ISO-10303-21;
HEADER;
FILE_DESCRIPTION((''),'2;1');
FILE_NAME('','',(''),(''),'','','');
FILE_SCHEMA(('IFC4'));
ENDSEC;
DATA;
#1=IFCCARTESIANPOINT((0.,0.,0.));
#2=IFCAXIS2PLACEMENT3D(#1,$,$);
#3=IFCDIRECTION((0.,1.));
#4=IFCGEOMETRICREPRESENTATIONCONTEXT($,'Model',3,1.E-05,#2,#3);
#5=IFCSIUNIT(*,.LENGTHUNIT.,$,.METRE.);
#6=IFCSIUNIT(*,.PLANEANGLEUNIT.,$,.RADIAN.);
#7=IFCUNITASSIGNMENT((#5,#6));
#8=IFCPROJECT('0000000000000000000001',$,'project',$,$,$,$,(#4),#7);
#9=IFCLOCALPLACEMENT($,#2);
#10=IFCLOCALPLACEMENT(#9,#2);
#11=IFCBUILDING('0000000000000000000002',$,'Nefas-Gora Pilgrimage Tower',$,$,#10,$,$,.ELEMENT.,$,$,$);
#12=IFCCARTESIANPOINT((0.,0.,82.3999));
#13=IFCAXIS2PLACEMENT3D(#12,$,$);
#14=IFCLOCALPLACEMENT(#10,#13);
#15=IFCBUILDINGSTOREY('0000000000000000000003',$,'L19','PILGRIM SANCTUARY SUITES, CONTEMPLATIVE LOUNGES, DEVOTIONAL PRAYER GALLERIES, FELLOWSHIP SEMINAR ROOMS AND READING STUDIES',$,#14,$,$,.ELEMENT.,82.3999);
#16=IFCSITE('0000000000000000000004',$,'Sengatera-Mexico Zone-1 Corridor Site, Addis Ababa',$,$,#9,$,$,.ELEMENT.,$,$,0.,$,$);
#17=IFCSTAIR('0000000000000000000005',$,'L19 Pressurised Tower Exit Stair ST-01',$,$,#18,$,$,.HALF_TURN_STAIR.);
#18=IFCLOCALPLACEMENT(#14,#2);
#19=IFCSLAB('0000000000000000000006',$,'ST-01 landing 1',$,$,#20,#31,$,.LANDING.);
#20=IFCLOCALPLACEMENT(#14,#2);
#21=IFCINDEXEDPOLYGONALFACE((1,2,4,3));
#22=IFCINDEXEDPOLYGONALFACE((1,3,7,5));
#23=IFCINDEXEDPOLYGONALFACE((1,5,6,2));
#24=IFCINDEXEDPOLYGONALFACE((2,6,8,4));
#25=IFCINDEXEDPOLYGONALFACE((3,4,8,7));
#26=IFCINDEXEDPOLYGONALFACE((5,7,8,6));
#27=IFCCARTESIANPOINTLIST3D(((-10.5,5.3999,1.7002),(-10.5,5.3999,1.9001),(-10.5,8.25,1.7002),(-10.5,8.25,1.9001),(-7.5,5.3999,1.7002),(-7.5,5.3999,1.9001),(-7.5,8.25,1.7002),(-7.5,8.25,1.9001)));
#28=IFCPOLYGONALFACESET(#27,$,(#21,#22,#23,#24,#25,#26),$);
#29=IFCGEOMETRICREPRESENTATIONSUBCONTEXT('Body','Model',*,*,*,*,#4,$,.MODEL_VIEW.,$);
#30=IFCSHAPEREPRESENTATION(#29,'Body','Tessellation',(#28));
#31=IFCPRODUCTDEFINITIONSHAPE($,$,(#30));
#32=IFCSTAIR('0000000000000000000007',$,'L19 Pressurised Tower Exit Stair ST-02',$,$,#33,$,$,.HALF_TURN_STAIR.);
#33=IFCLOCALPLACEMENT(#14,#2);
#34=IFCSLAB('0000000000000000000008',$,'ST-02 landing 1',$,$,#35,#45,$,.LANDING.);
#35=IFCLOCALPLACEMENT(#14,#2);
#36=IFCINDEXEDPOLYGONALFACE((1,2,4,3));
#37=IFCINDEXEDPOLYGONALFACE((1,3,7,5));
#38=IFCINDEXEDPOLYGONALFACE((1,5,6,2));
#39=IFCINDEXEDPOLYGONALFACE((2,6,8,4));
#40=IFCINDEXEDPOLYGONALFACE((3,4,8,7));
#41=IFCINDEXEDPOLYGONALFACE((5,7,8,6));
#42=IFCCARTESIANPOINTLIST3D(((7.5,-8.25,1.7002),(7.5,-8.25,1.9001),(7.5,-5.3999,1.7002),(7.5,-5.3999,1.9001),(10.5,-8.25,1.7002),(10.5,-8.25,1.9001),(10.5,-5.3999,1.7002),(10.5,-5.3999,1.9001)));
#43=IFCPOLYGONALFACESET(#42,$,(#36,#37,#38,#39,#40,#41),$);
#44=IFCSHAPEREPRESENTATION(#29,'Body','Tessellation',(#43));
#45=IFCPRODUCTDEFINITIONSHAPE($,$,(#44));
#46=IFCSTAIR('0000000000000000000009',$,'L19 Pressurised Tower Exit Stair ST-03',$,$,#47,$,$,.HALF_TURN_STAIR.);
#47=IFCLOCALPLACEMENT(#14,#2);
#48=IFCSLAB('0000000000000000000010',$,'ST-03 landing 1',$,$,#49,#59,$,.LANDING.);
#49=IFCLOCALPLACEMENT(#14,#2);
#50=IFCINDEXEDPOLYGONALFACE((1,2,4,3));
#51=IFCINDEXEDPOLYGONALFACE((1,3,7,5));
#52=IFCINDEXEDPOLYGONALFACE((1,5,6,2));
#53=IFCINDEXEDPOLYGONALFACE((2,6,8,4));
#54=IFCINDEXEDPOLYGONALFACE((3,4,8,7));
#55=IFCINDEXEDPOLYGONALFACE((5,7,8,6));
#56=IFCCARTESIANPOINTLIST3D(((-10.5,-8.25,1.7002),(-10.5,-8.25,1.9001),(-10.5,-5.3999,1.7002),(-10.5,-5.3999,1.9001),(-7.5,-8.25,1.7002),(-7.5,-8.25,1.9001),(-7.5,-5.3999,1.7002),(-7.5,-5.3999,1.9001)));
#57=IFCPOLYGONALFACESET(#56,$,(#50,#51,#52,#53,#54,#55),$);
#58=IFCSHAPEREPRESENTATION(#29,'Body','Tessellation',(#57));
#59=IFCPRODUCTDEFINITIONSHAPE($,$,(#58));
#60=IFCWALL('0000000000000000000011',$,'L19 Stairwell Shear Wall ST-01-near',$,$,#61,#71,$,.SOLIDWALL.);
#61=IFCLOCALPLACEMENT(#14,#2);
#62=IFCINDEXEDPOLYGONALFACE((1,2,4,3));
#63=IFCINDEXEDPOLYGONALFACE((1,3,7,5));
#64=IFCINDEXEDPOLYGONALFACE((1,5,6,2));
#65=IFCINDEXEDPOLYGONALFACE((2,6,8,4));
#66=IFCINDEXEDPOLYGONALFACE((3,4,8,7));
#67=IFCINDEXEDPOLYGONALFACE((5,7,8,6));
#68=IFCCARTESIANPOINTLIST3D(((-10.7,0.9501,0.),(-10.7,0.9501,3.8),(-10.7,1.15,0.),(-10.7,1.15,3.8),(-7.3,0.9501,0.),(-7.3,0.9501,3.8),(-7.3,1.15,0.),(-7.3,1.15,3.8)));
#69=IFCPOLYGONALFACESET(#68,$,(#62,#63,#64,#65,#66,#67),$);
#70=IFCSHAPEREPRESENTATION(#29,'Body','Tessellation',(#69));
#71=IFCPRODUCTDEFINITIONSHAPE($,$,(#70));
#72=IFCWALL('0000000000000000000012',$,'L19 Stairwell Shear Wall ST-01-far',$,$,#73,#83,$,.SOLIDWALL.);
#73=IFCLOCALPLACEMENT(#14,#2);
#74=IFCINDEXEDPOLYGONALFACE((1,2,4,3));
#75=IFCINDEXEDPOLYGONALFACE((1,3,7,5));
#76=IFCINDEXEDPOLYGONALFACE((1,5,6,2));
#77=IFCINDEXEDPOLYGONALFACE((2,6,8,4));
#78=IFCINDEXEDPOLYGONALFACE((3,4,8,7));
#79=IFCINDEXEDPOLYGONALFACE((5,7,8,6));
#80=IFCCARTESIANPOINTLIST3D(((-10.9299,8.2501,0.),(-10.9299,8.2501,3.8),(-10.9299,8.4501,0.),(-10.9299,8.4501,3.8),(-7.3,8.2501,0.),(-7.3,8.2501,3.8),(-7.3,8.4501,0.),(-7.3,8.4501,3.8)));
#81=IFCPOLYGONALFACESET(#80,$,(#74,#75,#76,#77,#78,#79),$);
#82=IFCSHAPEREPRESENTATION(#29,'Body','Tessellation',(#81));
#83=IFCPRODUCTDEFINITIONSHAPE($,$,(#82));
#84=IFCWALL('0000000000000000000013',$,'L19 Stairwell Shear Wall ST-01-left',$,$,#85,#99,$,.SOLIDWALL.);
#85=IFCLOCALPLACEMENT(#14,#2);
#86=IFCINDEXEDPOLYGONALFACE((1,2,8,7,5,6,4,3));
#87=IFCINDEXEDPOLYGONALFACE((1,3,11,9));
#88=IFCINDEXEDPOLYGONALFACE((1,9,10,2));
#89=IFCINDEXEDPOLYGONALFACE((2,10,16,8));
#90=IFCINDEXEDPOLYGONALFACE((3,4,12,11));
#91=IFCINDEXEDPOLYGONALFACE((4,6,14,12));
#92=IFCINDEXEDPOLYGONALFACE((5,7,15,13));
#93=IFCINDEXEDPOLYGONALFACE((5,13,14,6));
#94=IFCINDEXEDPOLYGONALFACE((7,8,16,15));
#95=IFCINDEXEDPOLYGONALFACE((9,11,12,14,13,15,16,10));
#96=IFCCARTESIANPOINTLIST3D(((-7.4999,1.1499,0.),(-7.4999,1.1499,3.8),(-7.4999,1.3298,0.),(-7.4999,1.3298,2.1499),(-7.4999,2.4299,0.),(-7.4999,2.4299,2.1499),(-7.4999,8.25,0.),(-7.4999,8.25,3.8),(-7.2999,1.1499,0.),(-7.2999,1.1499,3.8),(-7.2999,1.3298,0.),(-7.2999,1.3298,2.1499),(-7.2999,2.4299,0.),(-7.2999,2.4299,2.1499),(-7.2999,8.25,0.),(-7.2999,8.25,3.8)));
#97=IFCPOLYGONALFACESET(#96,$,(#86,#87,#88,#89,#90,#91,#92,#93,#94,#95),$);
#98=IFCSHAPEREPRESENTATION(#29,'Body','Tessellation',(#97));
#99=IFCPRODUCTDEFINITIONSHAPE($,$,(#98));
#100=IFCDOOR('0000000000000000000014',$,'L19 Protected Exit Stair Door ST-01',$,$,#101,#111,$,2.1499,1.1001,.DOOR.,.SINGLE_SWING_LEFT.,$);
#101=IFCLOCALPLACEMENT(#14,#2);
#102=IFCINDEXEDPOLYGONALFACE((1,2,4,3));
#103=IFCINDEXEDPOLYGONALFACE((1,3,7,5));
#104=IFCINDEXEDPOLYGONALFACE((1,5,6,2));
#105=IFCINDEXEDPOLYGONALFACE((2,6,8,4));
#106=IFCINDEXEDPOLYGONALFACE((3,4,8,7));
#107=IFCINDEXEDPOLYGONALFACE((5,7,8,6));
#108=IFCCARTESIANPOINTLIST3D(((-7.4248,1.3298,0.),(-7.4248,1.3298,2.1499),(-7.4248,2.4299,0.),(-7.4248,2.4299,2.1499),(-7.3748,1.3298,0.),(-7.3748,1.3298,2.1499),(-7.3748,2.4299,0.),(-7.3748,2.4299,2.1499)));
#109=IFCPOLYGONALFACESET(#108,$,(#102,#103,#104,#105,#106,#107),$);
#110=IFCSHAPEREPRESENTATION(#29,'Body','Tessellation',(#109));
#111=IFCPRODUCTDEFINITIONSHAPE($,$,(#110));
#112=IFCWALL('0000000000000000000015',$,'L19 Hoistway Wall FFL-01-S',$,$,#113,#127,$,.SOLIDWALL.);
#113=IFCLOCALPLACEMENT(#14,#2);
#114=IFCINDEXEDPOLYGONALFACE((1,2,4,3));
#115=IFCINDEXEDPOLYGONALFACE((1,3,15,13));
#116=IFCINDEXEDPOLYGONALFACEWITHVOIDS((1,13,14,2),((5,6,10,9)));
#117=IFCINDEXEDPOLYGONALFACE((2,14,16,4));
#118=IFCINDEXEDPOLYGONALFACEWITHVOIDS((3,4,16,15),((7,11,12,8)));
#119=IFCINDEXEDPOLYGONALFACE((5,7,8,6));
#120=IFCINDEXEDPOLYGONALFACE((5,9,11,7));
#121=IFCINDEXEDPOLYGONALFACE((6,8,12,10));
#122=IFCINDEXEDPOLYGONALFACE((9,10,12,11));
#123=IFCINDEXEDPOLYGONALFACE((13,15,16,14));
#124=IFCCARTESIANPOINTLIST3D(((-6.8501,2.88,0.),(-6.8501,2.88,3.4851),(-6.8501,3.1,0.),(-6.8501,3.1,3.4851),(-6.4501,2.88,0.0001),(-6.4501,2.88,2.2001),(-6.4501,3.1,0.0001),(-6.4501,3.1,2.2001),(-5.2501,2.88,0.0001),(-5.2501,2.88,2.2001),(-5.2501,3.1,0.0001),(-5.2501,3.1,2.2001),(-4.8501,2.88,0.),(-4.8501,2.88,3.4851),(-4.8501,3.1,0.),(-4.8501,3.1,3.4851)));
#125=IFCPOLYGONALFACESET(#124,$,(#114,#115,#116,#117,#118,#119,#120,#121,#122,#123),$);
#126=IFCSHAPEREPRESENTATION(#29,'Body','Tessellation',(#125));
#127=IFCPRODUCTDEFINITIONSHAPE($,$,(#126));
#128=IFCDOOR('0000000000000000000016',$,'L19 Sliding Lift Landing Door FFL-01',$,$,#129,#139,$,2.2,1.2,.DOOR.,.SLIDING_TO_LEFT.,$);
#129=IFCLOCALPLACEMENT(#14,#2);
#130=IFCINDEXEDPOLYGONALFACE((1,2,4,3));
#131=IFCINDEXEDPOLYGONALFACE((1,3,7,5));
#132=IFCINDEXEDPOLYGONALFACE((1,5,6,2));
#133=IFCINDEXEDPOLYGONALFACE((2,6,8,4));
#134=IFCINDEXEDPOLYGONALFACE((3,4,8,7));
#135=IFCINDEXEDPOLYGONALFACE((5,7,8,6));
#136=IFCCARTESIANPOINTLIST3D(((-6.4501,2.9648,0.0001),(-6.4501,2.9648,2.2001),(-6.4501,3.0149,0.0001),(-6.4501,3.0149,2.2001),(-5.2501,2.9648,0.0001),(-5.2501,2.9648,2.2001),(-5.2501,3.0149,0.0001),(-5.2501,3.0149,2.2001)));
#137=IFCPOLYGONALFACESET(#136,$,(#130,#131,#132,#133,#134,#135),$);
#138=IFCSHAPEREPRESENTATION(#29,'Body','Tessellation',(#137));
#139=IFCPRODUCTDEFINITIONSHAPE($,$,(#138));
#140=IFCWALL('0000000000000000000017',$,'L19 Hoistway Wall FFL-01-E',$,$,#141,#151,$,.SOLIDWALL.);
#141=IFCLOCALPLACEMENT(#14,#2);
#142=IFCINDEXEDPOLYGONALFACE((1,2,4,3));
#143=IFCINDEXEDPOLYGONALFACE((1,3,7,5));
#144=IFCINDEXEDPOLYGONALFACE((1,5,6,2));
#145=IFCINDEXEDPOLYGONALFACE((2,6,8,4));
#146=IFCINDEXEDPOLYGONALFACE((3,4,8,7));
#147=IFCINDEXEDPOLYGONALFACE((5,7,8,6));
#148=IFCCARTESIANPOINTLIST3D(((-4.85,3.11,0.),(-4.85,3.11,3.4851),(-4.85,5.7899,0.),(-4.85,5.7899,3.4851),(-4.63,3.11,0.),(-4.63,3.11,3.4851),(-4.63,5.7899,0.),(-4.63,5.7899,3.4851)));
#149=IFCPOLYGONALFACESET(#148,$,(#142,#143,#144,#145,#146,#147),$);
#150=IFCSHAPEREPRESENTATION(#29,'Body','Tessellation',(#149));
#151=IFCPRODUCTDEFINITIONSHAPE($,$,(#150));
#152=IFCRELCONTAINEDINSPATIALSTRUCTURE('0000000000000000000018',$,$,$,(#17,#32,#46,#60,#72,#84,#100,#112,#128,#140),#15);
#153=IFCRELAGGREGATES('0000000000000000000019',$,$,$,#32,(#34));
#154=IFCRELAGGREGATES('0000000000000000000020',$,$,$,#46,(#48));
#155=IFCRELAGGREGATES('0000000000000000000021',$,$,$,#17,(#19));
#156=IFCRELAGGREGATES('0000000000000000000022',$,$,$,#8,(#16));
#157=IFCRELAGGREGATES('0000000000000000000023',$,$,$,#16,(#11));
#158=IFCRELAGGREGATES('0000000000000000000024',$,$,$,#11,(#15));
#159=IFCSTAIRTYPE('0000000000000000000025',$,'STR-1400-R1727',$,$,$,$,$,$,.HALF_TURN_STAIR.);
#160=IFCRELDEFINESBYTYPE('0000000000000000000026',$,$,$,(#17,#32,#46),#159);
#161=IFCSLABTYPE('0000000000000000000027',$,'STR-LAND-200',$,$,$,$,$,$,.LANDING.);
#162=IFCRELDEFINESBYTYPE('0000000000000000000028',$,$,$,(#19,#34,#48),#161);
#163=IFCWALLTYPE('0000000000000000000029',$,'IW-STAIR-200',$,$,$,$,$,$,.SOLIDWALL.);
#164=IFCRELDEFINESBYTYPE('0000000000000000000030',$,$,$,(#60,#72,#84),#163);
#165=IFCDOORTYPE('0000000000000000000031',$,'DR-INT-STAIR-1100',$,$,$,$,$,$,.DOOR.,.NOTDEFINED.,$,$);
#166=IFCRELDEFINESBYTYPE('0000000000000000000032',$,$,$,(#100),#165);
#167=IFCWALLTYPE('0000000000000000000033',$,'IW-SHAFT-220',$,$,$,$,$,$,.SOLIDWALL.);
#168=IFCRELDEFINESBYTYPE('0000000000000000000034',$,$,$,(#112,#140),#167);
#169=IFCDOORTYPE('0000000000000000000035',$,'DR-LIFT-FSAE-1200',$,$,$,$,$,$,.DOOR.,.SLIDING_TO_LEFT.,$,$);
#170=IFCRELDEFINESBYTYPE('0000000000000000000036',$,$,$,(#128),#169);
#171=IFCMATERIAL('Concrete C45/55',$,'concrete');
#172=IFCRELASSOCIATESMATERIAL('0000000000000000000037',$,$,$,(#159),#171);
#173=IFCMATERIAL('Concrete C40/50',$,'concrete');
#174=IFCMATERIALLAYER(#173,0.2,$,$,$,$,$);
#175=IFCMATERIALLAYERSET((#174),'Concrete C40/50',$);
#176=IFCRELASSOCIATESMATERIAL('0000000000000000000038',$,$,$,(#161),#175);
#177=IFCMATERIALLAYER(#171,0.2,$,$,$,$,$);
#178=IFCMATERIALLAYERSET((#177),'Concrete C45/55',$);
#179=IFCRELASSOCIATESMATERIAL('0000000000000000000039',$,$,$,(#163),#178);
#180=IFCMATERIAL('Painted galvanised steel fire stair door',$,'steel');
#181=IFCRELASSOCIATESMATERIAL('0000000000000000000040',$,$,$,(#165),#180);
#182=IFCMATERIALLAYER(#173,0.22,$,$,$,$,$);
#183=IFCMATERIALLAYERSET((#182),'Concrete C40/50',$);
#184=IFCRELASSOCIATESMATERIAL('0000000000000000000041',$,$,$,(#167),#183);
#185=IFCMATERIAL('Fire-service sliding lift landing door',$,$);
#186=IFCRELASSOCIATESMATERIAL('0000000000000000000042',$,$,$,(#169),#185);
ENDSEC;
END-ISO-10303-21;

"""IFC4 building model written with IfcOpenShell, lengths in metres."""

from ifc_helpers import new_model, si_unit, direction, frame, frame_2d, origin, place, context, subcontext, project, spatial, polyline, rectangle, outline, extrude, source, transform, mapped, material, layer, layer_set, type_object, element, fill, aggregate, save


model = new_model("IFC4")

# Units and contexts
model_context = context("Model", 3, precision=1e-05, world=origin(), true_north=direction((0.0, 1.0)))
body_context = subcontext(model_context, "Body", "Model", "MODEL_VIEW")
ifc_project = project(units=[si_unit("LENGTHUNIT", "METRE"), si_unit("PLANEANGLEUNIT", "RADIAN")], contexts=[model_context])

# Site, building, storey
site_placement = place(None, origin())
site = spatial("IfcSite", under=ifc_project, at=site_placement, Name="Sengatera-Mexico Zone-1 Corridor Site, Addis Ababa", CompositionType="ELEMENT", RefElevation=0.0)
building_placement = place(site_placement, origin())
building = spatial("IfcBuilding", under=site, at=building_placement, Name="Nefas-Gora Pilgrimage Tower", CompositionType="ELEMENT")
storey_placement = place(building_placement, frame((0.0, 0.0, 82.3999)))
storey = spatial("IfcBuildingStorey", under=building, at=storey_placement, Name="L19", Description="PILGRIM SANCTUARY SUITES, CONTEMPLATIVE LOUNGES, DEVOTIONAL PRAYER GALLERIES, FELLOWSHIP SEMINAR ROOMS AND READING STUDIES", CompositionType="ELEMENT", Elevation=82.3999)

# Shared definitions
ifc_material_1 = material(Name="Concrete C40/50", Category="concrete")

# Stairs, slabs
ifc_material_2 = material(Name="Concrete C45/55", Category="concrete")
stair_type = type_object("IfcStairType", Name="STR-1400-R1727", PredefinedType="HALF_TURN_STAIR", material=ifc_material_2)
stair_1_placement = place(storey_placement, origin())
stair_1 = element("IfcStair", 1, at=stair_1_placement, inside=storey, type_object=stair_type, Name="L19 Pressurised Tower Exit Stair ST-01", PredefinedType="HALF_TURN_STAIR")
ifc_layer_1 = layer(ifc_material_1, 0.2)
ifc_layer_set_1 = layer_set([ifc_layer_1], Name="Concrete C40/50")
slab_type_1 = type_object("IfcSlabType", Name="STR-LAND-200", PredefinedType="LANDING", material=ifc_layer_set_1)
slab_1_placement = place(storey_placement, frame((0.0, 0.0, 1.7002)))
slab_1 = element("IfcSlab", 2, at=slab_1_placement, type_object=slab_type_1, Name="ST-01 landing 1", PredefinedType="LANDING", context=body_context, shape_type="SweptSolid", body=[
    extrude(outline(polyline([(-7.5, 5.3999), (-7.5, 8.25), (-10.5, 8.25), (-10.5, 5.3999), (-7.5, 5.3999)])), origin(), (0.0, 0.0, 1.0), 0.2),
])
stair_2_placement = place(storey_placement, origin())
stair_2 = element("IfcStair", 3, at=stair_2_placement, inside=storey, type_object=stair_type, Name="L19 Pressurised Tower Exit Stair ST-02", PredefinedType="HALF_TURN_STAIR")
slab_2_placement = place(storey_placement, frame((0.0, 0.0, 1.7002)))
slab_2 = element("IfcSlab", 4, at=slab_2_placement, type_object=slab_type_1, Name="ST-02 landing 1", PredefinedType="LANDING", context=body_context, shape_type="SweptSolid", body=[
    extrude(outline(polyline([(7.5, -5.3999), (7.5, -8.25), (10.5, -8.25), (10.5, -5.3999), (7.5, -5.3999)])), origin(), (0.0, 0.0, 1.0), 0.2),
])
aggregate(stair_2, [slab_2])
stair_3_placement = place(storey_placement, origin())
stair_3 = element("IfcStair", 5, at=stair_3_placement, inside=storey, type_object=stair_type, Name="L19 Pressurised Tower Exit Stair ST-03", PredefinedType="HALF_TURN_STAIR")
slab_3_placement = place(storey_placement, frame((0.0, 0.0, 1.7002)))
slab_3 = element("IfcSlab", 6, at=slab_3_placement, type_object=slab_type_1, Name="ST-03 landing 1", PredefinedType="LANDING", context=body_context, shape_type="SweptSolid", body=[
    extrude(outline(polyline([(-10.5, -5.3999), (-10.5, -8.25), (-7.5, -8.25), (-7.5, -5.3999), (-10.5, -5.3999)])), origin(), (0.0, 0.0, 1.0), 0.2),
])
aggregate(stair_3, [slab_3])

# Walls
ifc_layer_2 = layer(ifc_material_2, 0.2)
ifc_layer_set_2 = layer_set([ifc_layer_2], Name="Concrete C45/55")
wall_type_1 = type_object("IfcWallType", Name="IW-STAIR-200", PredefinedType="SOLIDWALL", material=ifc_layer_set_2)
shared_shape_1 = source(origin(), body_context, "Body", "SweptSolid", [
    extrude(rectangle(XDim=3.3999, YDim=0.2, at=frame_2d((1.7, 0.0))), origin(), (0.0, 0.0, 1.0), 3.8),
])
wall_1_placement = place(storey_placement, frame((-7.3, 1.05, 0.0), z_axis=(0.0, 0.0, 1.0), x_axis=(-1.0, 0.0, 0.0)))
element("IfcWall", 7, at=wall_1_placement, inside=storey, type_object=wall_type_1, Name="L19 Stairwell Shear Wall ST-01-near", PredefinedType="SOLIDWALL", context=body_context, shape_type="MappedRepresentation", body=[
    mapped(shared_shape_1, transform((0.0, 0.0, 0.0), x_axis=(1.0, 0.0, 0.0), y_axis=(0.0, 1.0, 0.0), z_axis=(0.0, 0.0, 1.0), scale=1.0)),
])
shared_shape_2 = source(origin(), body_context, "Body", "SweptSolid", [
    extrude(rectangle(XDim=3.6299, YDim=0.2, at=frame_2d((1.8149, 0.0))), origin(), (0.0, 0.0, 1.0), 3.8),
])
wall_2_placement = place(storey_placement, frame((-7.3, 8.3501, 0.0), z_axis=(0.0, 0.0, 1.0), x_axis=(-1.0, 0.0, 0.0)))
element("IfcWall", 8, at=wall_2_placement, inside=storey, type_object=wall_type_1, Name="L19 Stairwell Shear Wall ST-01-far", PredefinedType="SOLIDWALL", context=body_context, shape_type="MappedRepresentation", body=[
    mapped(shared_shape_2, transform((0.0, 0.0, 0.0), x_axis=(1.0, 0.0, 0.0), y_axis=(0.0, 1.0, 0.0), z_axis=(0.0, 0.0, 1.0), scale=1.0)),
])

# Walls, openings, doors
shared_shape_3 = source(origin(), body_context, "Body", "SweptSolid", [
    extrude(rectangle(XDim=7.1001, YDim=0.2, at=frame_2d((3.55, 0.0))), origin(), (0.0, 0.0, 1.0), 3.8),
])
wall_3_placement = place(storey_placement, frame((-7.3999, 1.1499, 0.0), z_axis=(0.0, 0.0, 1.0), x_axis=(0.0, 1.0, 0.0)))
wall_3 = element("IfcWall", 9, at=wall_3_placement, inside=storey, type_object=wall_type_1, Name="L19 Stairwell Shear Wall ST-01-left", PredefinedType="SOLIDWALL", context=body_context, shape_type="MappedRepresentation", body=[
    mapped(shared_shape_3, transform((0.0, 0.0, 0.0), x_axis=(1.0, 0.0, 0.0), y_axis=(0.0, 1.0, 0.0), z_axis=(0.0, 0.0, 1.0), scale=1.0)),
])
opening_1_placement = place(wall_3_placement, frame((0.1799, 0.0, 0.0)))
opening_1 = element("IfcOpeningElement", 10, at=opening_1_placement, cuts=wall_3, PredefinedType="OPENING", context=body_context, shape_type="SweptSolid", body=[
    extrude(rectangle(XDim=1.1001, YDim=2.1499, at=frame_2d((0.55, 1.075))), frame((0.0, 0.1099, 0.0), z_axis=(0.0, -1.0, 0.0), x_axis=(1.0, 0.0, 0.0)), (0.0, 0.0, 1.0), 0.22),
])
ifc_material_3 = material(Name="Painted galvanised steel fire stair door", Category="steel")
door_type_1 = type_object("IfcDoorType", Name="DR-INT-STAIR-1100", OperationType="NOTDEFINED", PredefinedType="DOOR", material=ifc_material_3)
shared_shape_4 = source(origin(), body_context, "Body", "SweptSolid", [
    extrude(rectangle(XDim=1.1001, YDim=2.1499, at=frame_2d((0.55, 1.075))), frame((0.0, 0.0249, 0.0), z_axis=(0.0, -1.0, 0.0), x_axis=(1.0, 0.0, 0.0)), (0.0, 0.0, 1.0), 0.05),
])
door_1_placement = place(opening_1_placement, origin())
door_1 = element("IfcDoor", 11, at=door_1_placement, inside=storey, type_object=door_type_1, Name="L19 Protected Exit Stair Door ST-01", OperationType="SINGLE_SWING_LEFT", OverallHeight=2.1499, OverallWidth=1.1001, PredefinedType="DOOR", context=body_context, shape_type="MappedRepresentation", body=[
    mapped(shared_shape_4, transform((0.0, 0.0, 0.0), x_axis=(1.0, 0.0, 0.0), y_axis=(0.0, 1.0, 0.0), z_axis=(0.0, 0.0, 1.0), scale=1.0)),
])
fill(opening_1, door_1)
ifc_layer_3 = layer(ifc_material_1, 0.22)
ifc_layer_set_3 = layer_set([ifc_layer_3], Name="Concrete C40/50")
wall_type_2 = type_object("IfcWallType", Name="IW-SHAFT-220", PredefinedType="SOLIDWALL", material=ifc_layer_set_3)
shared_shape_5 = source(origin(), body_context, "Body", "SweptSolid", [
    extrude(rectangle(XDim=2.0, YDim=0.22, at=frame_2d((1.0, 0.0))), origin(), (0.0, 0.0, 1.0), 3.4851),
])
wall_4_placement = place(storey_placement, frame((-6.8501, 2.99, 0.0), z_axis=(0.0, 0.0, 1.0), x_axis=(1.0, 0.0, 0.0)))
wall_4 = element("IfcWall", 12, at=wall_4_placement, inside=storey, type_object=wall_type_2, Name="L19 Hoistway Wall FFL-01-S", PredefinedType="SOLIDWALL", context=body_context, shape_type="MappedRepresentation", body=[
    mapped(shared_shape_5, transform((0.0, 0.0, 0.0), x_axis=(1.0, 0.0, 0.0), y_axis=(0.0, 1.0, 0.0), z_axis=(0.0, 0.0, 1.0), scale=1.0)),
])
opening_2_placement = place(wall_4_placement, frame((0.3999, 0.0, 0.0)))
opening_2 = element("IfcOpeningElement", 13, at=opening_2_placement, cuts=wall_4, PredefinedType="OPENING", context=body_context, shape_type="SweptSolid", body=[
    extrude(rectangle(XDim=1.2, YDim=2.2, at=frame_2d((0.6001, 1.1001))), frame((0.0, 0.1199, 0.0), z_axis=(0.0, -1.0, 0.0), x_axis=(1.0, 0.0, 0.0)), (0.0, 0.0, 1.0), 0.24),
])
ifc_material_4 = material(Name="Fire-service sliding lift landing door")
door_type_2 = type_object("IfcDoorType", Name="DR-LIFT-FSAE-1200", OperationType="SLIDING_TO_LEFT", PredefinedType="DOOR", material=ifc_material_4)
shared_shape_6 = source(origin(), body_context, "Body", "SweptSolid", [
    extrude(rectangle(XDim=1.2, YDim=2.2, at=frame_2d((0.6001, 1.1001))), frame((0.0, 0.0249, 0.0), z_axis=(0.0, -1.0, 0.0), x_axis=(1.0, 0.0, 0.0)), (0.0, 0.0, 1.0), 0.05),
])
door_2_placement = place(opening_2_placement, origin())
door_2 = element("IfcDoor", 14, at=door_2_placement, inside=storey, type_object=door_type_2, Name="L19 Sliding Lift Landing Door FFL-01", OperationType="SLIDING_TO_LEFT", OverallHeight=2.2, OverallWidth=1.2, PredefinedType="DOOR", context=body_context, shape_type="MappedRepresentation", body=[
    mapped(shared_shape_6, transform((0.0, 0.0, 0.0), x_axis=(1.0, 0.0, 0.0), y_axis=(0.0, 1.0, 0.0), z_axis=(0.0, 0.0, 1.0), scale=1.0)),
])
fill(opening_2, door_2)

# Wall
shared_shape_7 = source(origin(), body_context, "Body", "SweptSolid", [
    extrude(rectangle(XDim=2.6799, YDim=0.22, at=frame_2d((1.3398, 0.0))), origin(), (0.0, 0.0, 1.0), 3.4851),
])
wall_5_placement = place(storey_placement, frame((-4.74, 3.1101, 0.0), z_axis=(0.0, 0.0, 1.0), x_axis=(0.0, 1.0, 0.0)))
element("IfcWall", 15, at=wall_5_placement, inside=storey, type_object=wall_type_2, Name="L19 Hoistway Wall FFL-01-E", PredefinedType="SOLIDWALL", context=body_context, shape_type="MappedRepresentation", body=[
    mapped(shared_shape_7, transform((0.0, 0.0, 0.0), x_axis=(1.0, 0.0, 0.0), y_axis=(0.0, 1.0, 0.0), z_axis=(0.0, 0.0, 1.0), scale=1.0)),
])

aggregate(stair_1, [slab_1])

save(model, "model.ifc")
